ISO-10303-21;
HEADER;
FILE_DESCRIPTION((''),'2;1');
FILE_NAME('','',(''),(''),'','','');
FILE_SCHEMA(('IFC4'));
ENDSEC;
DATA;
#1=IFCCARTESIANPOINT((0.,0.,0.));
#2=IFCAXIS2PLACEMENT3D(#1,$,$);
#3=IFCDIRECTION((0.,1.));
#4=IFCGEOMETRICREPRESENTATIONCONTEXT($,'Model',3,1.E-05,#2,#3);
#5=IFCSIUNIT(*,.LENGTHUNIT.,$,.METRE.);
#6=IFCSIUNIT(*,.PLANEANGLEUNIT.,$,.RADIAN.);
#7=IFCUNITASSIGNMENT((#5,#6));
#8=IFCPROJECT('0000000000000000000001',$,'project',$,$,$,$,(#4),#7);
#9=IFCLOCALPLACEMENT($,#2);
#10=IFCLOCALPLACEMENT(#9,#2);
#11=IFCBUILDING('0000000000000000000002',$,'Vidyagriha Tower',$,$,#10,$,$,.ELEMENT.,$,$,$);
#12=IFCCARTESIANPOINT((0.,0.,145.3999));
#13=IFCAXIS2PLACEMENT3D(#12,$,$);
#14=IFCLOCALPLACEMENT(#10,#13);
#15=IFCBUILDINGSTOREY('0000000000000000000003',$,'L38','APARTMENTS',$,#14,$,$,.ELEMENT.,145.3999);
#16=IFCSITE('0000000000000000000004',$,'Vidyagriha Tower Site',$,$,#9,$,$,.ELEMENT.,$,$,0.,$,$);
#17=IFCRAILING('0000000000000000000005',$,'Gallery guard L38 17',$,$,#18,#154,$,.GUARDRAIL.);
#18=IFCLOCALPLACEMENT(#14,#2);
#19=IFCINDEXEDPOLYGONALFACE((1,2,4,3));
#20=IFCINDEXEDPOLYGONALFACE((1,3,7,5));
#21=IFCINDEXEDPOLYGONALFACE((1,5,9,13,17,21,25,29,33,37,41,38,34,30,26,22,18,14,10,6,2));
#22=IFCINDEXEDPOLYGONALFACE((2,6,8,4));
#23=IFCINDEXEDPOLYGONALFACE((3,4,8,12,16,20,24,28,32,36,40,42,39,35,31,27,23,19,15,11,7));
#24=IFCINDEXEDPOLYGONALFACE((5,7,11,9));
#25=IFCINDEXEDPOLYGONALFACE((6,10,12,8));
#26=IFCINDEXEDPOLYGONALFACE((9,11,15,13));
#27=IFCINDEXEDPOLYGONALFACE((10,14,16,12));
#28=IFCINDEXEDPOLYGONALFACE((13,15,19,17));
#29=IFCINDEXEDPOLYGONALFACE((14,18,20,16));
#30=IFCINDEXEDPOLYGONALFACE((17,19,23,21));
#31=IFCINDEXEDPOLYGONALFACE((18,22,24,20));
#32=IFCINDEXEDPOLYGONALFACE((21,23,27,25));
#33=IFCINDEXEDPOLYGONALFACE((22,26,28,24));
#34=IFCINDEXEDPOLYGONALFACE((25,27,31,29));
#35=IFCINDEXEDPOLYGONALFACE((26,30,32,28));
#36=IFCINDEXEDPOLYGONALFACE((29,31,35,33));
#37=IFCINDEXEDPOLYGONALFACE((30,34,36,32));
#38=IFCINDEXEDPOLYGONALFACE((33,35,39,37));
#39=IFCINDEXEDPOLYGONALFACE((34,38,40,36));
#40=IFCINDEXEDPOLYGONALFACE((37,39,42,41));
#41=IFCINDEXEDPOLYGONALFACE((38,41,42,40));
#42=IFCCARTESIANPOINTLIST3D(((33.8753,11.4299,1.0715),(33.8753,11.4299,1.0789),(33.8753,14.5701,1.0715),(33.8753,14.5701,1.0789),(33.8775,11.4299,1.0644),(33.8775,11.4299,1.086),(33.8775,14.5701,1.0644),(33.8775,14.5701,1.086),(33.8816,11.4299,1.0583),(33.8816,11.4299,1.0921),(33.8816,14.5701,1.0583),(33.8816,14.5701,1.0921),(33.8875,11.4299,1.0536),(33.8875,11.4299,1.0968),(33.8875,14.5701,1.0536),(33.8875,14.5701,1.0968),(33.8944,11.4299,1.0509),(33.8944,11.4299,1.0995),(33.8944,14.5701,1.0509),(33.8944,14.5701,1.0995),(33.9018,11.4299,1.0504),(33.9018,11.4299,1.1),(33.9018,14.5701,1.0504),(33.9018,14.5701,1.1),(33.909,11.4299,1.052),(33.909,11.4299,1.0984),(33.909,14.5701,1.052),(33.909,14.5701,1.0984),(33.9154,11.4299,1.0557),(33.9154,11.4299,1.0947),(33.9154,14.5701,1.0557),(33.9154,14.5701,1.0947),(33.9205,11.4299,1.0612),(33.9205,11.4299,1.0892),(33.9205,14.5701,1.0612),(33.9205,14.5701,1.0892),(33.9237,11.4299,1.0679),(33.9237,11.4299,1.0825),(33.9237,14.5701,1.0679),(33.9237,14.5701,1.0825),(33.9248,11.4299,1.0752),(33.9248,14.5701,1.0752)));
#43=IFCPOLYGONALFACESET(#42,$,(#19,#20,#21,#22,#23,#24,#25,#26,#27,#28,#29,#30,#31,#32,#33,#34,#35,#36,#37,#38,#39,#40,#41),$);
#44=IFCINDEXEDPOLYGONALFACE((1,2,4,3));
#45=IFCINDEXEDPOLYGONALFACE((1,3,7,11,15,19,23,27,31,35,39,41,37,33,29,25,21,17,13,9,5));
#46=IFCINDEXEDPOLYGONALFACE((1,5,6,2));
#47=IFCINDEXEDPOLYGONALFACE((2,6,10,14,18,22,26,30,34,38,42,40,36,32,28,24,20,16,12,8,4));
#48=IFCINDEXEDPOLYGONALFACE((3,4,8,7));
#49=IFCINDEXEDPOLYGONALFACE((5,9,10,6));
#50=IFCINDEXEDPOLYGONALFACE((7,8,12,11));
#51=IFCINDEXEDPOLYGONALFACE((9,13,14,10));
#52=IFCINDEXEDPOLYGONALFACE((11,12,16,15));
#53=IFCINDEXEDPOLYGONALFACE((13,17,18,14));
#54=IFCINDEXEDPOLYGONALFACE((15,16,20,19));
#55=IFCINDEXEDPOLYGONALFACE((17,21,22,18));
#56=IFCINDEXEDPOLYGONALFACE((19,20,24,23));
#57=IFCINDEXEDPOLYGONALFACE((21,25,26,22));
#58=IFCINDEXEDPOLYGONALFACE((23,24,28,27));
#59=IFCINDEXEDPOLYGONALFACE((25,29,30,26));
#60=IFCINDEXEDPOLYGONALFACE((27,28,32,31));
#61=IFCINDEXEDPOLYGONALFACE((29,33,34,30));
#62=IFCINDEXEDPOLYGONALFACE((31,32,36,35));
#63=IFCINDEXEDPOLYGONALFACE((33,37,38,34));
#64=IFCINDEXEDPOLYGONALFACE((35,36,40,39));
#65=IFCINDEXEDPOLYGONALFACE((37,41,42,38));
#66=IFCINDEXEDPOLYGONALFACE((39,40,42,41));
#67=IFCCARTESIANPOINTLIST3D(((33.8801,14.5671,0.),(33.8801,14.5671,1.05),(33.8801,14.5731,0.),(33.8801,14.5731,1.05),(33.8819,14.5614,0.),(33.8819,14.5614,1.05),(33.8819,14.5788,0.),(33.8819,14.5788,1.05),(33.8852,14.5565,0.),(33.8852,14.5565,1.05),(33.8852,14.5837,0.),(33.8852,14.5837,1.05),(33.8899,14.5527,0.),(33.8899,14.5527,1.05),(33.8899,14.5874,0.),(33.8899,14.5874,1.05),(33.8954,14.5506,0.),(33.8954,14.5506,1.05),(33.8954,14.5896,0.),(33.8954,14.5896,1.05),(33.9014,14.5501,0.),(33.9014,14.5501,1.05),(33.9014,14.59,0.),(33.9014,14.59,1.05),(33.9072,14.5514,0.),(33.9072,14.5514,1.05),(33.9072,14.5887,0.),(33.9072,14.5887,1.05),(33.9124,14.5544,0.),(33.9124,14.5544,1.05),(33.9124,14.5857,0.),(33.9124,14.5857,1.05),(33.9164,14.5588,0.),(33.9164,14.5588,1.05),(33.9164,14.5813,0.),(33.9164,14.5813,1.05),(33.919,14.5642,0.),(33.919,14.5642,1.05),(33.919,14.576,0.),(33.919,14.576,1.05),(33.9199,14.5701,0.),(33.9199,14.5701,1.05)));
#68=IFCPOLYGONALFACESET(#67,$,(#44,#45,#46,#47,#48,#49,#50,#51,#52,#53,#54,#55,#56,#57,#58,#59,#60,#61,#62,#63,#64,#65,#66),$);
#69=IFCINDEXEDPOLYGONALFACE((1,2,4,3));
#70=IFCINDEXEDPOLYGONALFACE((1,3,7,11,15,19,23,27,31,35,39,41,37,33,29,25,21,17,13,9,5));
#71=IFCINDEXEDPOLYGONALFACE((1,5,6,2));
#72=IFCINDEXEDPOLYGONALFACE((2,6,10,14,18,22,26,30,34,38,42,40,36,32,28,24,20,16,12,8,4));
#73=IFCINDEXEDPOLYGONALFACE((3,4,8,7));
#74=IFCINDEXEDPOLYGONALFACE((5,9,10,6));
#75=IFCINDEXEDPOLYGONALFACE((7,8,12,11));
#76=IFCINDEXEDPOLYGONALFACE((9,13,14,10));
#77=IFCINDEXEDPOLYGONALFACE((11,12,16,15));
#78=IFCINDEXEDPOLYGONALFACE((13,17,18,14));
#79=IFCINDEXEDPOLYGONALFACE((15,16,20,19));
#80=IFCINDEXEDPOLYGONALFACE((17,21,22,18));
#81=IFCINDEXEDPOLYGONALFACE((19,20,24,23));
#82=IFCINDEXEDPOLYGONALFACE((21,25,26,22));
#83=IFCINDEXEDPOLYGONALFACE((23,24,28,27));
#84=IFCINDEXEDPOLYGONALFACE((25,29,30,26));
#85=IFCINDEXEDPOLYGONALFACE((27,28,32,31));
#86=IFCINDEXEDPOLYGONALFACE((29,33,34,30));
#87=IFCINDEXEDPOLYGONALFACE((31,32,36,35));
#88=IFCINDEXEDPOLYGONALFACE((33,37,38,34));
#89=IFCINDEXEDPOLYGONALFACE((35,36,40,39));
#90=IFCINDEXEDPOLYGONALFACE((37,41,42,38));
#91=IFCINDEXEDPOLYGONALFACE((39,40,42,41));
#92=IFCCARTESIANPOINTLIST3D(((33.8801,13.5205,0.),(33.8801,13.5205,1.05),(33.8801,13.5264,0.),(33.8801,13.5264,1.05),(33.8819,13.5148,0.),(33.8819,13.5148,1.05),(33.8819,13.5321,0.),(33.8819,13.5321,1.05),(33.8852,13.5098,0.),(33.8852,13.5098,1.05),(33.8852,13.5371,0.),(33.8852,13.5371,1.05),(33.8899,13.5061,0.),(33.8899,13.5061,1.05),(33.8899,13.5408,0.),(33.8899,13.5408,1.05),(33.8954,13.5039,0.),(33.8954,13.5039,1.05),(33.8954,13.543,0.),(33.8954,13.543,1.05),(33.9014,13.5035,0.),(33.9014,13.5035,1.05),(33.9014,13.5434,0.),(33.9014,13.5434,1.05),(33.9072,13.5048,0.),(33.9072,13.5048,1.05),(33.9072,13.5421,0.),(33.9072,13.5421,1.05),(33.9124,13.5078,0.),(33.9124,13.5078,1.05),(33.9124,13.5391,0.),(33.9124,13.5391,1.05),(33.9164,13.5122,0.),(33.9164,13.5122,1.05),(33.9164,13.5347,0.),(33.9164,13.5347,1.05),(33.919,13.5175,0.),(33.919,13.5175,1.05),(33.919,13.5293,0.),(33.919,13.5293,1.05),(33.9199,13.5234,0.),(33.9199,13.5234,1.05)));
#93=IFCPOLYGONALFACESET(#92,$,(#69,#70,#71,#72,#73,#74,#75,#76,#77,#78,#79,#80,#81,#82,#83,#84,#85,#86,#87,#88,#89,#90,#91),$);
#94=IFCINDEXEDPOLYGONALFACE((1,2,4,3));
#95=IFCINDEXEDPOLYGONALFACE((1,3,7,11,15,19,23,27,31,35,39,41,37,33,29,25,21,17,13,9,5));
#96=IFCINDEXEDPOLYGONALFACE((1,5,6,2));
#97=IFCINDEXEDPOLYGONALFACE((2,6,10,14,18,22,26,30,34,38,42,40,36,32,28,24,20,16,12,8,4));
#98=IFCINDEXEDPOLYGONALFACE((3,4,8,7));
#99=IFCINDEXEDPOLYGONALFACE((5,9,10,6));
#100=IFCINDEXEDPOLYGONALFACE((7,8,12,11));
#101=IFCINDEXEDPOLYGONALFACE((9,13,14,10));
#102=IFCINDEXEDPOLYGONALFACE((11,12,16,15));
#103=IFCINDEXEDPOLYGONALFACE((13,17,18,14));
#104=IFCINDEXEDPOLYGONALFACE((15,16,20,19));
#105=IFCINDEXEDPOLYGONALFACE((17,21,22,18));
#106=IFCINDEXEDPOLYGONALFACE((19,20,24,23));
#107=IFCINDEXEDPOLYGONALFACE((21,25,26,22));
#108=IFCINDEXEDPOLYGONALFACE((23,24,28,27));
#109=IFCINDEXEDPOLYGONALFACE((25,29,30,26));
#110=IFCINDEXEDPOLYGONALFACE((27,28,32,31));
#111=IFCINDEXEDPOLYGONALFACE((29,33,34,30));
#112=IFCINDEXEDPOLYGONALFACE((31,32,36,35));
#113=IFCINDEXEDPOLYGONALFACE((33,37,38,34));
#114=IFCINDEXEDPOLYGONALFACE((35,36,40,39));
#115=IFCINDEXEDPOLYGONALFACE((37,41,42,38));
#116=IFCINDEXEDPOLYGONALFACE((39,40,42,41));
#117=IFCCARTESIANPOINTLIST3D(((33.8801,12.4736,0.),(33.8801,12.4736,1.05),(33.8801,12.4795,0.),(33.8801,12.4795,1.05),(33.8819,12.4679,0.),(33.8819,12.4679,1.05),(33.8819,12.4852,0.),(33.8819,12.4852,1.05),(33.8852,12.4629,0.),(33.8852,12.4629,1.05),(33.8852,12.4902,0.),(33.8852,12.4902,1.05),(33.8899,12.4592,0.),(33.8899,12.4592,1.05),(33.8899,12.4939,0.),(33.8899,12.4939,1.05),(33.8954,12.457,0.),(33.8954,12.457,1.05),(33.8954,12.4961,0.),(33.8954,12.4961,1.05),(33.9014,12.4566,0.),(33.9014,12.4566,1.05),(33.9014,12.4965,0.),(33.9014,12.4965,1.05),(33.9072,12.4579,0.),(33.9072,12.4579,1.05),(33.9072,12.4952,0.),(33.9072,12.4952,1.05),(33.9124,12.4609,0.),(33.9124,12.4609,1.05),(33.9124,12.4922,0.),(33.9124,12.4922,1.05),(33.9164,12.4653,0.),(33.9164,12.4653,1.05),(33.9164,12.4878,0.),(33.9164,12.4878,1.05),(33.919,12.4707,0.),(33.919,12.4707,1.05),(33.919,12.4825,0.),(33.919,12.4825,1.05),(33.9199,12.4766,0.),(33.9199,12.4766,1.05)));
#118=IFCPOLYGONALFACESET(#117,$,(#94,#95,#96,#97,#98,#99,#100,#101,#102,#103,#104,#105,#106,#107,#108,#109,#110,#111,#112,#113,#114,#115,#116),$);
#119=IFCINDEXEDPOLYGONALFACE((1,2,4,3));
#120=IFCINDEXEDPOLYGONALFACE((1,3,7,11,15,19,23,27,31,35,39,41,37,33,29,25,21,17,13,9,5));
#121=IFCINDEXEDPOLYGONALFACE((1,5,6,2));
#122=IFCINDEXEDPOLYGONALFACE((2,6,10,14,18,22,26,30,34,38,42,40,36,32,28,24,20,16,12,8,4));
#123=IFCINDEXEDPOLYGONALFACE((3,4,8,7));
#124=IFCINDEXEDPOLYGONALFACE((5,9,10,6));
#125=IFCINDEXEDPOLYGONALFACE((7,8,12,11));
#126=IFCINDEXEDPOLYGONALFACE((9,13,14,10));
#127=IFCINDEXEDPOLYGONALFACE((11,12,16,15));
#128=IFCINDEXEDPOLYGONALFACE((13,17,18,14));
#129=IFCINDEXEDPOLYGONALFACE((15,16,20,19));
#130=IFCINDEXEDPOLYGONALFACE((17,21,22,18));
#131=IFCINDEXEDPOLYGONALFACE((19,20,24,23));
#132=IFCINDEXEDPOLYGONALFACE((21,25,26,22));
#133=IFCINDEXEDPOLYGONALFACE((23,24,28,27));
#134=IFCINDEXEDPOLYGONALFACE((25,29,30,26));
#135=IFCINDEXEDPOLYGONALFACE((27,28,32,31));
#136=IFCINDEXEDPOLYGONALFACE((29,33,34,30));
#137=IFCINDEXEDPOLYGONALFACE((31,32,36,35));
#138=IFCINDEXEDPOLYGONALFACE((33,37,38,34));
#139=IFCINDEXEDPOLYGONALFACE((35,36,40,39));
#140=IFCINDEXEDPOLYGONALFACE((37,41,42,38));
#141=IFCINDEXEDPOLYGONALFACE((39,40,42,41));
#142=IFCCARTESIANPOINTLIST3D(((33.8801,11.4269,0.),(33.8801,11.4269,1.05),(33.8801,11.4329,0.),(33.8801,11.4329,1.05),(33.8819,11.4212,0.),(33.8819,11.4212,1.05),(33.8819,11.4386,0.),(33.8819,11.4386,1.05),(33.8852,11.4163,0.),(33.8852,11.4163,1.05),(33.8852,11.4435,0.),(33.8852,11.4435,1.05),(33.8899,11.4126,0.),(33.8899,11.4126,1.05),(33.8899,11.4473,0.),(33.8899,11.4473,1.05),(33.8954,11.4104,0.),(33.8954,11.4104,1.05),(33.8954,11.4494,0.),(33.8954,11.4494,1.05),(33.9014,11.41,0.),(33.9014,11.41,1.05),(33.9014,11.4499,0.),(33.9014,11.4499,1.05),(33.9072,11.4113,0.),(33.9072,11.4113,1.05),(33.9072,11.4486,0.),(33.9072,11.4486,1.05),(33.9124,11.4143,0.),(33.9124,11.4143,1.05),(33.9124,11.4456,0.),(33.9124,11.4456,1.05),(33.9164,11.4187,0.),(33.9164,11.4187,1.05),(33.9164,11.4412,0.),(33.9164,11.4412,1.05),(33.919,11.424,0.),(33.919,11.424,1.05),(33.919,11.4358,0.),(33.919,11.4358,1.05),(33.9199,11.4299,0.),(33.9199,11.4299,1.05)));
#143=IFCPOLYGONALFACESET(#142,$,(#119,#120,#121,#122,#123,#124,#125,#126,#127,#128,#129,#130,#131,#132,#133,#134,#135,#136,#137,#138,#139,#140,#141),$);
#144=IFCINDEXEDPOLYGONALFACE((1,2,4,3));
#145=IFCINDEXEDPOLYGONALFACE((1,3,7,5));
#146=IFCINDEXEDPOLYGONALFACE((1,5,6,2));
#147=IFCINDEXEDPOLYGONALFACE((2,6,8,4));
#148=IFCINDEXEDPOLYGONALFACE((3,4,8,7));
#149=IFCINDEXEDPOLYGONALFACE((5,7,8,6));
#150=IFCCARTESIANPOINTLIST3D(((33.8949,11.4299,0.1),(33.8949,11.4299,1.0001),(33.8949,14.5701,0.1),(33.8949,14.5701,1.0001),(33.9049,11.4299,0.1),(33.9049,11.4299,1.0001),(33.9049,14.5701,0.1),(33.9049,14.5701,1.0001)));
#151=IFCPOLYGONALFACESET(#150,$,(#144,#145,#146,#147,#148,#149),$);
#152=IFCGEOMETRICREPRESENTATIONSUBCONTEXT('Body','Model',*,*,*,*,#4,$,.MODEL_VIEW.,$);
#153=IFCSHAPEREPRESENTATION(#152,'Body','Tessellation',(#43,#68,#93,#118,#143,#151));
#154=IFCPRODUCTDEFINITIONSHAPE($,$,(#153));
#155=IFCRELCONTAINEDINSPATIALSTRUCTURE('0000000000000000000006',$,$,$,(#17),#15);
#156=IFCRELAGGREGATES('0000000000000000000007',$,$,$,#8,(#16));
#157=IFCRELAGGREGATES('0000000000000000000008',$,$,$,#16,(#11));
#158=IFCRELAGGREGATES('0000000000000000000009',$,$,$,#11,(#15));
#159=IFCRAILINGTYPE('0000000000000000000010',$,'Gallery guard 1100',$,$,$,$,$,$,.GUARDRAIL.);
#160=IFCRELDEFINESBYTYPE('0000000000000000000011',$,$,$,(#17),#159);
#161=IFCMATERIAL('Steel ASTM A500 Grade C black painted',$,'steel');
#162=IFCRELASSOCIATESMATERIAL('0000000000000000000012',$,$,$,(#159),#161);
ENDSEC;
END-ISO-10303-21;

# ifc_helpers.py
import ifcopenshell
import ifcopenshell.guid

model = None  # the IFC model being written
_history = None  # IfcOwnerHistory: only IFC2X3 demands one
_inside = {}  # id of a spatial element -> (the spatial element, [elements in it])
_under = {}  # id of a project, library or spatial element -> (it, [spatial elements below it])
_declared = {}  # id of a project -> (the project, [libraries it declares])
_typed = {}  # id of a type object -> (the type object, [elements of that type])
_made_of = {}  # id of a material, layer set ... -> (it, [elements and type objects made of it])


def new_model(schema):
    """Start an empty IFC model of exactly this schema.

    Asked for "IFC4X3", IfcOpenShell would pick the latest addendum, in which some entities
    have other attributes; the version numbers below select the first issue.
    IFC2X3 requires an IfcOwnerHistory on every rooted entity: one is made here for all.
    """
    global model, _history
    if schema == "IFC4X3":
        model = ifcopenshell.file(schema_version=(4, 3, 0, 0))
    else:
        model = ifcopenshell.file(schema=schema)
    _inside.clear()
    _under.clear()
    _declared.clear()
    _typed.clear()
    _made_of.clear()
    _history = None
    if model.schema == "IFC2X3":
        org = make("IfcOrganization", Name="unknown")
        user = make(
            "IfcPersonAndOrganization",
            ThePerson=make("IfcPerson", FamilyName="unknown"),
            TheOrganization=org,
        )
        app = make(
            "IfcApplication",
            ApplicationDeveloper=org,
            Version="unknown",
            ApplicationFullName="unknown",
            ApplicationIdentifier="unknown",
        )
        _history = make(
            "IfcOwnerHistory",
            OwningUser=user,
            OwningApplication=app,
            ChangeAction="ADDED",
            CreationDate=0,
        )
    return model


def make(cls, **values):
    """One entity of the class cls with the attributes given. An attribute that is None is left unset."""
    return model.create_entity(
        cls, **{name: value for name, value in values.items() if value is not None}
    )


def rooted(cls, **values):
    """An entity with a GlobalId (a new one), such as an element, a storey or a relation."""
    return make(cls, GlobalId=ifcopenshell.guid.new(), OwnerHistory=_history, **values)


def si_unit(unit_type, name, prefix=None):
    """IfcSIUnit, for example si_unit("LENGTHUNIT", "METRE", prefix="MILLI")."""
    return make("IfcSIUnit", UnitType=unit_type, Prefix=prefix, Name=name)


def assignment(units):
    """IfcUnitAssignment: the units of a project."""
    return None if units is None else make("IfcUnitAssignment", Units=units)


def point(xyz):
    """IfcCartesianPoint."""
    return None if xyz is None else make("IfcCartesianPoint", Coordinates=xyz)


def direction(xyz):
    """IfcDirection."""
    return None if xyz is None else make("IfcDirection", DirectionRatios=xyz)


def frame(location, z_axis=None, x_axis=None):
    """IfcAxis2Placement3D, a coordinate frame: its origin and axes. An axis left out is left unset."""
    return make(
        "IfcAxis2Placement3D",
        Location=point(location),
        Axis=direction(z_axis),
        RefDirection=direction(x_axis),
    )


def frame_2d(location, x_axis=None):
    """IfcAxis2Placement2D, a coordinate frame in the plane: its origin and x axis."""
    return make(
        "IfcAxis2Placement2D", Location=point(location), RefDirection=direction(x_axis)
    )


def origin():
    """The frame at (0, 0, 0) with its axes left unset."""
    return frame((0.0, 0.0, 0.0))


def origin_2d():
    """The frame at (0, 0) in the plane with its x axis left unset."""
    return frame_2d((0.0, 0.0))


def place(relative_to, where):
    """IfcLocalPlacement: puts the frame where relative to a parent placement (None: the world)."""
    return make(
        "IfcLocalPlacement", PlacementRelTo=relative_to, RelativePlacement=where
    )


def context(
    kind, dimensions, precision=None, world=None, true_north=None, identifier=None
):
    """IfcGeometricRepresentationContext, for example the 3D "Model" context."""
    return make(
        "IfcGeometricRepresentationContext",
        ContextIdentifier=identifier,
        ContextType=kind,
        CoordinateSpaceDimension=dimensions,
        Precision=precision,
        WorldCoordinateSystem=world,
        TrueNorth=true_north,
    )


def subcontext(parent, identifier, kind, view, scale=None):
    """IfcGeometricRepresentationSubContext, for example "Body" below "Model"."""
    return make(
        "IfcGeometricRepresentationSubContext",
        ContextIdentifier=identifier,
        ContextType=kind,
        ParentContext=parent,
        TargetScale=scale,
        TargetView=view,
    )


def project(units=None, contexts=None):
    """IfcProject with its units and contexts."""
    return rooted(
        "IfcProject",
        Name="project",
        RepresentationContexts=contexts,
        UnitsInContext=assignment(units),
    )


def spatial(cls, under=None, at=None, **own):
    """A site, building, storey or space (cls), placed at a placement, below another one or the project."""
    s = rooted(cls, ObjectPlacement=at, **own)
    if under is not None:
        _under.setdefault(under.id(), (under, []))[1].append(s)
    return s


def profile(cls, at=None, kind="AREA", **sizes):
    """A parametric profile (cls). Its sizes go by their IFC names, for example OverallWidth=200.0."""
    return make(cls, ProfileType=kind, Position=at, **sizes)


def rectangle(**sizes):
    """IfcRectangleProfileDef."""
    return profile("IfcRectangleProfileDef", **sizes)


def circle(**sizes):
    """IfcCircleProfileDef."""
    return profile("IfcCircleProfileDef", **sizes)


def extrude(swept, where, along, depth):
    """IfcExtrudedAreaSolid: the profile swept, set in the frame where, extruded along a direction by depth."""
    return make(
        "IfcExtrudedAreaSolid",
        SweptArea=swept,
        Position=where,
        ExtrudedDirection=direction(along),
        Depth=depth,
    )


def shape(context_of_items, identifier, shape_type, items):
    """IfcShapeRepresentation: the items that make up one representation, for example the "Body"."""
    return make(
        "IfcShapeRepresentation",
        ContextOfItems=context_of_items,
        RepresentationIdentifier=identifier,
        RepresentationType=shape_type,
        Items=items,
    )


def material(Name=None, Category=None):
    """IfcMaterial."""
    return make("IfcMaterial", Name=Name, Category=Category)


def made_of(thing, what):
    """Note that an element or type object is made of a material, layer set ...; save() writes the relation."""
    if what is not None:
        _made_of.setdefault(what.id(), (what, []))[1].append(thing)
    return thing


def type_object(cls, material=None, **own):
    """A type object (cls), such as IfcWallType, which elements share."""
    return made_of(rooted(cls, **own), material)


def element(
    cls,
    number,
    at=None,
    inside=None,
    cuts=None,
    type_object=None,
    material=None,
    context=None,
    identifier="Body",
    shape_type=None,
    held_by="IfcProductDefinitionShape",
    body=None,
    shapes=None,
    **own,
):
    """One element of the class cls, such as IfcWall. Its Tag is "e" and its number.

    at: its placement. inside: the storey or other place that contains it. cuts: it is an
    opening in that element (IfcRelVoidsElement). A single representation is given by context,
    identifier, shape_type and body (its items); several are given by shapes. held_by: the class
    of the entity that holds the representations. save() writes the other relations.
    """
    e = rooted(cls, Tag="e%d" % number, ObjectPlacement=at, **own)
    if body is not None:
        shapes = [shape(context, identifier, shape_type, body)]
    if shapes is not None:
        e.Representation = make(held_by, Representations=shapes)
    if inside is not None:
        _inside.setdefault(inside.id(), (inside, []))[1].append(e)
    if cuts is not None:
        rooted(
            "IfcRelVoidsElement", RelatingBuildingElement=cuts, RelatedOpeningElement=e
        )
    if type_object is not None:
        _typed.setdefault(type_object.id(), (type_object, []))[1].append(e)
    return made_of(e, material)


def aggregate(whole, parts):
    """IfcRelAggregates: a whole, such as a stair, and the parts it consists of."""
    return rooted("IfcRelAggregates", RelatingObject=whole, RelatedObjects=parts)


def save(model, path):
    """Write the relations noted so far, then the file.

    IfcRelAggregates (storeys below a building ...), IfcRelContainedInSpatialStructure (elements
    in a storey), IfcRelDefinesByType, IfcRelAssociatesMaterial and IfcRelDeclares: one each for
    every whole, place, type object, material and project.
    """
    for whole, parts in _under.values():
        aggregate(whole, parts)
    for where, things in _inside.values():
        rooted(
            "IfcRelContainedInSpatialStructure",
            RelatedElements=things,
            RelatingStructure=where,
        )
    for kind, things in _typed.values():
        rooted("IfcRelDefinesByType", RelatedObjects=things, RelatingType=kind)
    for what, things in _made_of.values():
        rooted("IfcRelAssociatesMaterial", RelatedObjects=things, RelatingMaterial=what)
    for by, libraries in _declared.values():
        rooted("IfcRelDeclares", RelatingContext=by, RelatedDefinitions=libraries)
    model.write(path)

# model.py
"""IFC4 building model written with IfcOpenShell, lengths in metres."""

from ifc_helpers import new_model, si_unit, direction, frame, origin, origin_2d, place, context, subcontext, project, spatial, rectangle, circle, extrude, material, type_object, element, save


model = new_model("IFC4")

# Units and contexts
model_context = context("Model", 3, precision=1e-05, world=origin(), true_north=direction((0.0, 1.0)))
body_context = subcontext(model_context, "Body", "Model", "MODEL_VIEW")
ifc_project = project(units=[si_unit("LENGTHUNIT", "METRE"), si_unit("PLANEANGLEUNIT", "RADIAN")], contexts=[model_context])

# Site, building, storey
site_placement = place(None, origin())
site = spatial("IfcSite", under=ifc_project, at=site_placement, Name="Vidyagriha Tower Site", CompositionType="ELEMENT", RefElevation=0.0)
building_placement = place(site_placement, origin())
building = spatial("IfcBuilding", under=site, at=building_placement, Name="Vidyagriha Tower", CompositionType="ELEMENT")
storey_placement = place(building_placement, frame((0.0, 0.0, 145.3999)))
storey = spatial("IfcBuildingStorey", under=building, at=storey_placement, Name="L38", Description="APARTMENTS", CompositionType="ELEMENT", Elevation=145.3999)

# Railing
ifc_material_1 = material(Name="Steel ASTM A500 Grade C black painted", Category="steel")
railing_type = type_object("IfcRailingType", Name="Gallery guard 1100", PredefinedType="GUARDRAIL", material=ifc_material_1)
railing_1_placement = place(storey_placement, frame((33.8999, 14.5701, 0.0)))
element("IfcRailing", 1, at=railing_1_placement, inside=storey, type_object=railing_type, Name="Gallery guard L38 17", PredefinedType="GUARDRAIL", context=body_context, shape_type="SweptSolid", body=[
    extrude(circle(Radius=0.0249, at=origin_2d()), frame((0.0, 0.0, 1.0752), z_axis=(0.0, -1.0, 0.0), x_axis=(1.0, 0.0, 0.0)), (0.0, 0.0, 1.0), 3.1401),
    extrude(circle(Radius=0.02, at=origin_2d()), origin(), (0.0, 0.0, 1.0), 1.05),
    extrude(circle(Radius=0.02, at=origin_2d()), frame((0.0, -1.0466, 0.0)), (0.0, 0.0, 1.0), 1.05),
    extrude(circle(Radius=0.02, at=origin_2d()), frame((0.0, -2.0935, 0.0)), (0.0, 0.0, 1.0), 1.05),
    extrude(circle(Radius=0.02, at=origin_2d()), frame((0.0, -3.1401, 0.0)), (0.0, 0.0, 1.0), 1.05),
    extrude(rectangle(XDim=0.01, YDim=0.9001, at=origin_2d()), frame((0.0, 0.0, 0.55), z_axis=(0.0, -1.0, 0.0), x_axis=(1.0, 0.0, 0.0)), (0.0, 0.0, 1.0), 3.1401),
])

save(model, "model.ifc")
